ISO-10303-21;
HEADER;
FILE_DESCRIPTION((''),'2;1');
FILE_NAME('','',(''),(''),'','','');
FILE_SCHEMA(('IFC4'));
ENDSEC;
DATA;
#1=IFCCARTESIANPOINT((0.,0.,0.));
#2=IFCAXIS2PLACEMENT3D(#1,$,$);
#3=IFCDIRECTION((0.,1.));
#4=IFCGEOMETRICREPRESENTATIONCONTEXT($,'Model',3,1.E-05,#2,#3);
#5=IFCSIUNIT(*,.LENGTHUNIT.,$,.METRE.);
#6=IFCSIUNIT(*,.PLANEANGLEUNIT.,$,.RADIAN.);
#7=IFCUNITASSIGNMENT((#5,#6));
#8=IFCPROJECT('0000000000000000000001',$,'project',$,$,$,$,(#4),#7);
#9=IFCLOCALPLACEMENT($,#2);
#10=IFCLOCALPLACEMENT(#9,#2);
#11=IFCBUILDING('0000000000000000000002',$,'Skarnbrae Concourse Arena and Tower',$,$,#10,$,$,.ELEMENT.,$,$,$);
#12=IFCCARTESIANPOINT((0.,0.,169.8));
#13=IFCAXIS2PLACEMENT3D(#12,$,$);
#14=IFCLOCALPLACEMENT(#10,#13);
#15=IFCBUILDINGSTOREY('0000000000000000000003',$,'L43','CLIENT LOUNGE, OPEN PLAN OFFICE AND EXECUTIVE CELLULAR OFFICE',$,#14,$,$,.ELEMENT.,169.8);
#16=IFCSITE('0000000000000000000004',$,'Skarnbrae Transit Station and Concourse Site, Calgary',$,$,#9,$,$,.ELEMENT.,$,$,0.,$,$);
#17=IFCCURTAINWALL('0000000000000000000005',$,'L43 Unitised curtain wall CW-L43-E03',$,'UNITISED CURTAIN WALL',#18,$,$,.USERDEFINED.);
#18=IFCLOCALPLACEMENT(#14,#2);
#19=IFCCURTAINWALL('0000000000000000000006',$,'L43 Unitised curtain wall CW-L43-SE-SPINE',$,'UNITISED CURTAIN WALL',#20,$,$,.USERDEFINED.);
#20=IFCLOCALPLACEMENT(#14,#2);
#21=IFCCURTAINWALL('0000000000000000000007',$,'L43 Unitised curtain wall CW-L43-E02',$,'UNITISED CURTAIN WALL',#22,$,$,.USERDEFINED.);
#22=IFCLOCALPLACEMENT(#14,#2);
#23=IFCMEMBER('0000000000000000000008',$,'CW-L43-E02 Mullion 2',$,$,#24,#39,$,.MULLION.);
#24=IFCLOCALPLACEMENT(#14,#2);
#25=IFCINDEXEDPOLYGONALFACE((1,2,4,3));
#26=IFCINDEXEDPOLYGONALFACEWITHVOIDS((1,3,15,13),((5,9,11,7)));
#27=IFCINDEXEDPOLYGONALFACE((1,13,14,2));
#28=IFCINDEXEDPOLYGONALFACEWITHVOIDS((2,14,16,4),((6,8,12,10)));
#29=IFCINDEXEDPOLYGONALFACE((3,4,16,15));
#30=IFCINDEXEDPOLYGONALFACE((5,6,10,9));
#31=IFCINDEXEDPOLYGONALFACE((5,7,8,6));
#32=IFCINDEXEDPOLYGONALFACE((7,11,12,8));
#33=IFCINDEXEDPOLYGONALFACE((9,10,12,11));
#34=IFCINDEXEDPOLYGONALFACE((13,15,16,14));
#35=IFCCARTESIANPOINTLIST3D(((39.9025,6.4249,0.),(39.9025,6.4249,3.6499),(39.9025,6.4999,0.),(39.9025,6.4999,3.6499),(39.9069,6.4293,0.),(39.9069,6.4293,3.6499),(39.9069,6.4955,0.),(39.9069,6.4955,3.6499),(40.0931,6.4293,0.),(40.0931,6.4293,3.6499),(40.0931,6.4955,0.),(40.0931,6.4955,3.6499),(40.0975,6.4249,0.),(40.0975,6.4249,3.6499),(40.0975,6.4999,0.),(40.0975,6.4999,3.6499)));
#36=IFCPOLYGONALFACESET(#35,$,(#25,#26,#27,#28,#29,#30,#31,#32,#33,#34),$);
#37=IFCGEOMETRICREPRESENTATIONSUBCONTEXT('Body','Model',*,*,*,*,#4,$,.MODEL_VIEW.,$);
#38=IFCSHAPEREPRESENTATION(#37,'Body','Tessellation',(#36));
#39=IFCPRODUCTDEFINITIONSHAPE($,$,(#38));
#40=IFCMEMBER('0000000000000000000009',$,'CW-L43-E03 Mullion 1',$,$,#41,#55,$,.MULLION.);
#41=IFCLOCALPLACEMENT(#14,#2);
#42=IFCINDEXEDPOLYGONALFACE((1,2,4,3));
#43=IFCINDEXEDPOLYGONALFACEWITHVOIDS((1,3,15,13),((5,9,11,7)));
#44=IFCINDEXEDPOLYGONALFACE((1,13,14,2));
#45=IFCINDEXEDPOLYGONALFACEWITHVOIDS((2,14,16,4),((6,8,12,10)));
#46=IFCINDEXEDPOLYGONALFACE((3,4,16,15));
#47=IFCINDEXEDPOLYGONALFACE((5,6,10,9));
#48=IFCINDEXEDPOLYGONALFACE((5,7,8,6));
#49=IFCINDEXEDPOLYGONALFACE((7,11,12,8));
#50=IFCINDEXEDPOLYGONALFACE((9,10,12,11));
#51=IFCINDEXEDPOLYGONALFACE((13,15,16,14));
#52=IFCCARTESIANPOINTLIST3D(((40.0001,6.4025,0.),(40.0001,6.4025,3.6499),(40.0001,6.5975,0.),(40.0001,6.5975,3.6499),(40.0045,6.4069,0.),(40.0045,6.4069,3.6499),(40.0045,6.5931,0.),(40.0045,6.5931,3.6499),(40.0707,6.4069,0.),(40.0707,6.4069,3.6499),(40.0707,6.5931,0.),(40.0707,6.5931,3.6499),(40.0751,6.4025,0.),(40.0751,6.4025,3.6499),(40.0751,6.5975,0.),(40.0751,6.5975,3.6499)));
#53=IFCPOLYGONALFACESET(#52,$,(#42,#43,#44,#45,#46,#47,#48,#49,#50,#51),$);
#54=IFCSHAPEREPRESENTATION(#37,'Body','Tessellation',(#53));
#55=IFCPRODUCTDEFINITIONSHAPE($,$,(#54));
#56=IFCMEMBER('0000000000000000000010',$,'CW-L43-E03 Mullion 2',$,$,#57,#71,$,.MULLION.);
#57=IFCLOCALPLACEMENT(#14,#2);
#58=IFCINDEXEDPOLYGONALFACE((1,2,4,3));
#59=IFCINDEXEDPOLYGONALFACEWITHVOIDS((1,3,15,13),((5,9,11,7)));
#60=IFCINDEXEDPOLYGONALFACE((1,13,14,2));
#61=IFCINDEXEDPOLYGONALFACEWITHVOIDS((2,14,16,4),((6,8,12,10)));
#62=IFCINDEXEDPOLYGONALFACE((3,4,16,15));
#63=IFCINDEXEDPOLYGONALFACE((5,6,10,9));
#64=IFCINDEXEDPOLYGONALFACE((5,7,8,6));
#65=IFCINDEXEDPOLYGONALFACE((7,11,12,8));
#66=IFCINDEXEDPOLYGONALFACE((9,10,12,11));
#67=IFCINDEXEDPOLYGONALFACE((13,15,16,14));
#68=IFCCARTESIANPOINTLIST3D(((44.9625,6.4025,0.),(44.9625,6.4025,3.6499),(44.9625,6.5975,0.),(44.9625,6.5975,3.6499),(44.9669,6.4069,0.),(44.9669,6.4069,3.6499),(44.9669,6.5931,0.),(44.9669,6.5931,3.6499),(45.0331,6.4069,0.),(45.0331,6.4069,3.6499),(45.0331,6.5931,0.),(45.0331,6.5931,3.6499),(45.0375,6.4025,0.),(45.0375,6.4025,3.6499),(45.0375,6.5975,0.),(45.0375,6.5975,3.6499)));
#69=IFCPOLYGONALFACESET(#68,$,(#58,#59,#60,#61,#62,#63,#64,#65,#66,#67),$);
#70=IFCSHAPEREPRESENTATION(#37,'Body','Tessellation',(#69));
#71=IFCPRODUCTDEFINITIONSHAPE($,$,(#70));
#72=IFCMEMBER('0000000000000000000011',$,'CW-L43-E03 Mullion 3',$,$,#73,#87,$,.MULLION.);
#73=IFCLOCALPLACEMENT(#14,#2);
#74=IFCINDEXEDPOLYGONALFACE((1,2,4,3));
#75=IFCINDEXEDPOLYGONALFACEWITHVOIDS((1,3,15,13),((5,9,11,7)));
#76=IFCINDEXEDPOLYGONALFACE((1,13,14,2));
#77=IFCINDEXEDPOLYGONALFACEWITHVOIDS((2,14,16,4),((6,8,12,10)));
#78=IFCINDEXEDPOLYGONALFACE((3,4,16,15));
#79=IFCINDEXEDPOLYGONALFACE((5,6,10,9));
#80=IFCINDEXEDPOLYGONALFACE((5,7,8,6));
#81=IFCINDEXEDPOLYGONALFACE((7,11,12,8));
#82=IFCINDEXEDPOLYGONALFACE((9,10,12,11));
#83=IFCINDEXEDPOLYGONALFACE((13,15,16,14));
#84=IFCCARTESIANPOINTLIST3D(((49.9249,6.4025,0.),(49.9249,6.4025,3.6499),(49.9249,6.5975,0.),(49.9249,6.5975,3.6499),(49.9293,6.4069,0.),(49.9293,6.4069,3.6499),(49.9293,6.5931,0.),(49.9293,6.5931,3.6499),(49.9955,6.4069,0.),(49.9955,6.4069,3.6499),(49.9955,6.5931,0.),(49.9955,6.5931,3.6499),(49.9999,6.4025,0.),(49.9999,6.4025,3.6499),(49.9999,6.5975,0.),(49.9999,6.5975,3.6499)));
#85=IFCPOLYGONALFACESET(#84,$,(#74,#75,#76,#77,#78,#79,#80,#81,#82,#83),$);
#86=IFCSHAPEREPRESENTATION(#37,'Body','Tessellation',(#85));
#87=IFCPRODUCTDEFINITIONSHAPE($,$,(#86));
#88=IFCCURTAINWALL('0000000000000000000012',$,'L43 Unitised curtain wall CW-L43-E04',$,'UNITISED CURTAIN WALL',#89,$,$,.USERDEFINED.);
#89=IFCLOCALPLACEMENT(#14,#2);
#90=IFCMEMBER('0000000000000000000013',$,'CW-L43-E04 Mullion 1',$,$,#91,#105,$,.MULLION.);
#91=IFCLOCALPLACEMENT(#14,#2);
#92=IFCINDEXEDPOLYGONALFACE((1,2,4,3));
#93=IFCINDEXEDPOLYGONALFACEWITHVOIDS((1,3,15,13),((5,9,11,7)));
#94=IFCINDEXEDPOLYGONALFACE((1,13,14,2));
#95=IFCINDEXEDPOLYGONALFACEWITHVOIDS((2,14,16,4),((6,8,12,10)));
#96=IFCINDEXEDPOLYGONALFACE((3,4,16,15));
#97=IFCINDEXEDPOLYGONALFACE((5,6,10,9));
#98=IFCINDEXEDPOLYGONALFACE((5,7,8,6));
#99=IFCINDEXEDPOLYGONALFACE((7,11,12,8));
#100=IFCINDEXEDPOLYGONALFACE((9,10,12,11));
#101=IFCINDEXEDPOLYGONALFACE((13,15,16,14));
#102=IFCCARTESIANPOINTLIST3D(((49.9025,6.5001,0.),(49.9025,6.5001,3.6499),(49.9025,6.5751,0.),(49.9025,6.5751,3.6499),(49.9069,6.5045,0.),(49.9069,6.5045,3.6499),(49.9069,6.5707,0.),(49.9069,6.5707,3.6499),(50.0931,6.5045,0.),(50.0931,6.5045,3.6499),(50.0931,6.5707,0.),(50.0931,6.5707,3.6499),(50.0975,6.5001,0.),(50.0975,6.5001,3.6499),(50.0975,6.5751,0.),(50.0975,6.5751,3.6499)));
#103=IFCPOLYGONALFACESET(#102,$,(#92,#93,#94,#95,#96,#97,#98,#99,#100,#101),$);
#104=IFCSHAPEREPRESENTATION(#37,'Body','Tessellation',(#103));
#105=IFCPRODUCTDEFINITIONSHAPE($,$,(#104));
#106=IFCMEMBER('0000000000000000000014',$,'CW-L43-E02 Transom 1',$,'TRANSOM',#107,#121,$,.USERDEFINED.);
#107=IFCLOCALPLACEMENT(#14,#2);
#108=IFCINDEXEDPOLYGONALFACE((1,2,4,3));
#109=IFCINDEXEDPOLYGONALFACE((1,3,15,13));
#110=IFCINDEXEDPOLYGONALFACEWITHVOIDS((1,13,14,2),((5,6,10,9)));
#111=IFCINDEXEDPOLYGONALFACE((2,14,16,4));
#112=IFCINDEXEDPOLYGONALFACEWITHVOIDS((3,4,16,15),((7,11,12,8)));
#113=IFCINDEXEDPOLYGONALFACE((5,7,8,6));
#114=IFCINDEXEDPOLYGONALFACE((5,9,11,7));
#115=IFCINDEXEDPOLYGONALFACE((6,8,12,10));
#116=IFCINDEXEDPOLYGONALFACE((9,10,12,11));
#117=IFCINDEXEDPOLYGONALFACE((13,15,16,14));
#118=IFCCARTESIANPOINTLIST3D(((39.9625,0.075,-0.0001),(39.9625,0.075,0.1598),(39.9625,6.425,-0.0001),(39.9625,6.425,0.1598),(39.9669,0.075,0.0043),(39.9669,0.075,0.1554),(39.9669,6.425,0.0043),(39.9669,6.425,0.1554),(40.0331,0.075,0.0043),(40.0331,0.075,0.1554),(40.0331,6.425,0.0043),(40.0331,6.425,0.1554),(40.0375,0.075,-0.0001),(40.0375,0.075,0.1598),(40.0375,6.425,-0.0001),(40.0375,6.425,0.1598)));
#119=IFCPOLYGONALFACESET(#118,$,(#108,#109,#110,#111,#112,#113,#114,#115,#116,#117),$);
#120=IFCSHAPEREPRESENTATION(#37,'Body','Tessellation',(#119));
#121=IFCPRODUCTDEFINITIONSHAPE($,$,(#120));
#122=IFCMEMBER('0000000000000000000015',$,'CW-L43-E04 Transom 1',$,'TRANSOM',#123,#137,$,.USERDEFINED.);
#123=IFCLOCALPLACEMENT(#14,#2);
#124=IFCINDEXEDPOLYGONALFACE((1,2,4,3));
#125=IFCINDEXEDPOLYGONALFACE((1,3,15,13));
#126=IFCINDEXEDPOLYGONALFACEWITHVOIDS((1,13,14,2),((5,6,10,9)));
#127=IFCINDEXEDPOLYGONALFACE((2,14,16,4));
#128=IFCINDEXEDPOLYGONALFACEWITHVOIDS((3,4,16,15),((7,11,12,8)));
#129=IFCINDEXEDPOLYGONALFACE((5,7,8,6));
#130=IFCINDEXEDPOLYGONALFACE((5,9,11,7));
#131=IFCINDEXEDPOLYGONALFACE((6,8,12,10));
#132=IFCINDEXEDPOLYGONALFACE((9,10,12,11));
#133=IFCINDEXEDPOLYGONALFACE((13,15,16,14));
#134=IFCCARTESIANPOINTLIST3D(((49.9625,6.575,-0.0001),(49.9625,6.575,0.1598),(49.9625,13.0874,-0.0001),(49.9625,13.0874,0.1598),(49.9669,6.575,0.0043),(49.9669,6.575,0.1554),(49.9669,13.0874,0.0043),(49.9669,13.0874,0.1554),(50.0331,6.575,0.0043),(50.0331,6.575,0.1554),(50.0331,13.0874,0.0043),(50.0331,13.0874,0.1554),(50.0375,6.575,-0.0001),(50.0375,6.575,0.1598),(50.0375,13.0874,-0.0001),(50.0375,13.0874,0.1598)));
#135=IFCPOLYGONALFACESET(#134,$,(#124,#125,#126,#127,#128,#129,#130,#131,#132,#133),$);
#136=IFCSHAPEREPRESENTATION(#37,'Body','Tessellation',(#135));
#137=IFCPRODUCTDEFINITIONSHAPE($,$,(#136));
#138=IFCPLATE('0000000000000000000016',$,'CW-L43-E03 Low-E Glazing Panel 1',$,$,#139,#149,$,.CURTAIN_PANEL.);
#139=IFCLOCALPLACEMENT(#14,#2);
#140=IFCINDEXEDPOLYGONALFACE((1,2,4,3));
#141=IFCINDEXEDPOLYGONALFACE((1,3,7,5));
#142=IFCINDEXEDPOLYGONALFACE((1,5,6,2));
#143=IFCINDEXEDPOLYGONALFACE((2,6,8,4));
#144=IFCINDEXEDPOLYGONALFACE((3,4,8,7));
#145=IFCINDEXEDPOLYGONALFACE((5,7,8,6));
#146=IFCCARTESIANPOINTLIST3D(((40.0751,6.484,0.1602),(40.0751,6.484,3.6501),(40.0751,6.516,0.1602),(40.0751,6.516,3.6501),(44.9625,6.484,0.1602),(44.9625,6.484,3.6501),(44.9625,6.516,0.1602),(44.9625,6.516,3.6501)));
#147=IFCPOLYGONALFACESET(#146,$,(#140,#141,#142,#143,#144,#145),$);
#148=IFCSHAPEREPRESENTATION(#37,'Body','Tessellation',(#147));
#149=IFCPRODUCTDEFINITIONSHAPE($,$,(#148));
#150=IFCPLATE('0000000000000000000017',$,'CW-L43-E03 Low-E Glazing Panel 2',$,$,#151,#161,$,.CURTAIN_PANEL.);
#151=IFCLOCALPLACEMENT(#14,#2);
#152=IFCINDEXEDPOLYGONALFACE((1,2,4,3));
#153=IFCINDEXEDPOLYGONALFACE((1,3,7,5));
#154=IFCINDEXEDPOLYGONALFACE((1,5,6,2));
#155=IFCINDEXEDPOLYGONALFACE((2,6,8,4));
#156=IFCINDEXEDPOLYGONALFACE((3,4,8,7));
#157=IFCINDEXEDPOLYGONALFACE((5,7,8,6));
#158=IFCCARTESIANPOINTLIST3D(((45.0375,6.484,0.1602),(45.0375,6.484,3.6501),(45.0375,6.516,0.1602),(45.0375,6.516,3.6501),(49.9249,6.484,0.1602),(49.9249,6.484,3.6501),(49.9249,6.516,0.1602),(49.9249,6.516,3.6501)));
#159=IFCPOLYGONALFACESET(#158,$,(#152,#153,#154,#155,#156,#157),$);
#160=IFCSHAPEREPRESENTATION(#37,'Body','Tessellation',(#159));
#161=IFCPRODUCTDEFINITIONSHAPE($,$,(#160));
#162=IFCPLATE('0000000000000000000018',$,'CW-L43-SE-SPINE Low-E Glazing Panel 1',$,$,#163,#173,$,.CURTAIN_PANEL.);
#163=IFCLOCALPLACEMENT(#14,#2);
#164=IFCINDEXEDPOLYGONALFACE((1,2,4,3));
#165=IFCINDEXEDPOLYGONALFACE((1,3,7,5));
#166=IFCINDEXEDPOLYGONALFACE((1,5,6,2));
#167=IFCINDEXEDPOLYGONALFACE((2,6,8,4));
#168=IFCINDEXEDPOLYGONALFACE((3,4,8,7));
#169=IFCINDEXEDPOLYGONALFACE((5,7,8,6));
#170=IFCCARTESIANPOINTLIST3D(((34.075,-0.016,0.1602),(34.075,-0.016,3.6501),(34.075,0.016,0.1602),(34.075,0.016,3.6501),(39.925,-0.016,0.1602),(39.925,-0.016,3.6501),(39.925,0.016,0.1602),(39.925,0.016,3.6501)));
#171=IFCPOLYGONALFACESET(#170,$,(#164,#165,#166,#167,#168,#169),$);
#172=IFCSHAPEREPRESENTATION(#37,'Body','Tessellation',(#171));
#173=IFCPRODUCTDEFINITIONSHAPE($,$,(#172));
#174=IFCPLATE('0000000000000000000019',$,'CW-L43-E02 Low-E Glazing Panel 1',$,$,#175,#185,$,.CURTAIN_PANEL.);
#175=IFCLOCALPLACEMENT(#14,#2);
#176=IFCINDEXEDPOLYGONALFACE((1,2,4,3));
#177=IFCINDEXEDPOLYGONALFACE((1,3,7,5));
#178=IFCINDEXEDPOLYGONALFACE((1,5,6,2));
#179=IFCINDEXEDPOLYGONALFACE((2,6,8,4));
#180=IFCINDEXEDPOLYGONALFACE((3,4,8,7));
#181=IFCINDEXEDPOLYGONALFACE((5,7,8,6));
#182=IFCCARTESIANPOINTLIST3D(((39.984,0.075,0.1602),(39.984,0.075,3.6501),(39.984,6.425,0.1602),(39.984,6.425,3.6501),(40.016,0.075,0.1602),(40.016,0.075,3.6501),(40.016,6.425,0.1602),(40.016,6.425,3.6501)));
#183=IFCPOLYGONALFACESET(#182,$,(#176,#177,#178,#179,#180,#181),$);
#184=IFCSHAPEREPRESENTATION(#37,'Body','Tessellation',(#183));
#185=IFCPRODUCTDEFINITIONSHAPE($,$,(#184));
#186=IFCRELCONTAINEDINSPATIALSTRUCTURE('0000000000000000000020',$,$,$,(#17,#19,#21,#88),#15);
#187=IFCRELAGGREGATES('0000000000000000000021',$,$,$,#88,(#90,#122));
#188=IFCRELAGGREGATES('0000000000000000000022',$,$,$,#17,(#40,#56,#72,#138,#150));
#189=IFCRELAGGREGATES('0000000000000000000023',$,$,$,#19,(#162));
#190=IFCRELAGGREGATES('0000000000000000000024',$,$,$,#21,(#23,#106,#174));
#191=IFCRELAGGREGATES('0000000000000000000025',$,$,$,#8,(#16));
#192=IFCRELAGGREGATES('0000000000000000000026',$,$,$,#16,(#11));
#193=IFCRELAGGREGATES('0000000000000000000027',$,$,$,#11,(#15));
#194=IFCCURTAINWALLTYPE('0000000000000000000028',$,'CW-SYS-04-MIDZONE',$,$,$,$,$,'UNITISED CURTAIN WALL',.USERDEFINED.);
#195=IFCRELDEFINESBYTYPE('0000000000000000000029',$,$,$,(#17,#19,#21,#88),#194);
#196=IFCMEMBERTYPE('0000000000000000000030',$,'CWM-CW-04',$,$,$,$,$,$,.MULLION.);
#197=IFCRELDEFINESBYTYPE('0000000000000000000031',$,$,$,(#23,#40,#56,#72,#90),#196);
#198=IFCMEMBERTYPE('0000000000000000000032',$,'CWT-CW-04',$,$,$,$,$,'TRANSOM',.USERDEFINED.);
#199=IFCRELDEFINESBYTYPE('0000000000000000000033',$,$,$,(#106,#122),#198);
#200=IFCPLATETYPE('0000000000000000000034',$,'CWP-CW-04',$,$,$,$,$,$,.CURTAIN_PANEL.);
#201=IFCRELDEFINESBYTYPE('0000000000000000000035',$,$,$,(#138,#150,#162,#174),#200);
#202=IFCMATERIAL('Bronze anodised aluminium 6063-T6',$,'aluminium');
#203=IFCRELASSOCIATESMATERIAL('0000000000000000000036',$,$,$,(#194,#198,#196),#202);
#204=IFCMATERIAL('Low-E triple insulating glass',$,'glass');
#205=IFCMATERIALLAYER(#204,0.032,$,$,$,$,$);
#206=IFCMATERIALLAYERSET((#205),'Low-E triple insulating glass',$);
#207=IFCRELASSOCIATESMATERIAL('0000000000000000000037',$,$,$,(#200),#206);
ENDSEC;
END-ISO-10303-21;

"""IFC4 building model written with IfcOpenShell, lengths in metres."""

from ifc_helpers import new_model, si_unit, direction, frame, origin, origin_2d, place, context, subcontext, project, spatial, rectangle, hollow_rectangle, extrude, source, transform, mapped, material, layer, layer_set, material_profile, profile_set, type_object, element, aggregate, save


model = new_model("IFC4")

# Units and contexts
model_context = context("Model", 3, precision=1e-05, world=origin(), true_north=direction((0.0, 1.0)))
body_context = subcontext(model_context, "Body", "Model", "MODEL_VIEW")
ifc_project = project(units=[si_unit("LENGTHUNIT", "METRE"), si_unit("PLANEANGLEUNIT", "RADIAN")], contexts=[model_context])

# Site, building, storey
site_placement = place(None, origin())
site = spatial("IfcSite", under=ifc_project, at=site_placement, Name="Skarnbrae Transit Station and Concourse Site, Calgary", CompositionType="ELEMENT", RefElevation=0.0)
building_placement = place(site_placement, origin())
building = spatial("IfcBuilding", under=site, at=building_placement, Name="Skarnbrae Concourse Arena and Tower", CompositionType="ELEMENT")
storey_placement = place(building_placement, frame((0.0, 0.0, 169.8)))
storey = spatial("IfcBuildingStorey", under=building, at=storey_placement, Name="L43", Description="CLIENT LOUNGE, OPEN PLAN OFFICE AND EXECUTIVE CELLULAR OFFICE", CompositionType="ELEMENT", Elevation=169.8)

# Curtain wall
ifc_material_1 = material(Name="Bronze anodised aluminium 6063-T6", Category="aluminium")
curtain_wall_type = type_object("IfcCurtainWallType", Name="CW-SYS-04-MIDZONE", ElementType="UNITISED CURTAIN WALL", PredefinedType="USERDEFINED", material=ifc_material_1)
curtain_wall_1_placement = place(storey_placement, origin())
curtain_wall_1 = element("IfcCurtainWall", 1, at=curtain_wall_1_placement, inside=storey, type_object=curtain_wall_type, Name="L43 Unitised curtain wall CW-L43-E03", ObjectType="UNITISED CURTAIN WALL", PredefinedType="USERDEFINED")
ifc_material_profile_1 = material_profile(ifc_material_1, hollow_rectangle(XDim=0.075, YDim=0.1599, WallThickness=0.0044, at=origin_2d()), Name="ALU-TRAN-75X160")
ifc_profile_set_1 = profile_set([ifc_material_profile_1], Name="Bronze anodised aluminium 6063-T6")
member_type_1 = type_object("IfcMemberType", Name="CWT-CW-04", ElementType="TRANSOM", PredefinedType="USERDEFINED", material=ifc_profile_set_1)

# Curtain wall
curtain_wall_2_placement = place(storey_placement, origin())
curtain_wall_2 = element("IfcCurtainWall", 2, at=curtain_wall_2_placement, inside=storey, type_object=curtain_wall_type, Name="L43 Unitised curtain wall CW-L43-SE-SPINE", ObjectType="UNITISED CURTAIN WALL", PredefinedType="USERDEFINED")
ifc_material_profile_2 = material_profile(ifc_material_1, hollow_rectangle(XDim=0.075, YDim=0.1951, WallThickness=0.0044, at=origin_2d()), Name="ALU-MULL-75X195")
ifc_profile_set_2 = profile_set([ifc_material_profile_2], Name="Bronze anodised aluminium 6063-T6")
member_type_2 = type_object("IfcMemberType", Name="CWM-CW-04", PredefinedType="MULLION", material=ifc_profile_set_2)
shared_shape_1 = source(origin(), body_context, "Body", "SweptSolid", [
    extrude(hollow_rectangle(XDim=0.075, YDim=0.1951, WallThickness=0.0044, at=origin_2d()), origin(), (0.0, 0.0, 1.0), 3.6499),
])

# Curtain wall, member
curtain_wall_3_placement = place(storey_placement, origin())
curtain_wall_3 = element("IfcCurtainWall", 3, at=curtain_wall_3_placement, inside=storey, type_object=curtain_wall_type, Name="L43 Unitised curtain wall CW-L43-E02", ObjectType="UNITISED CURTAIN WALL", PredefinedType="USERDEFINED")
member_1_placement = place(storey_placement, frame((40.0, 6.4624, 0.0), z_axis=(0.0, 0.0, 1.0), x_axis=(0.0, 1.0, 0.0)))
member_1 = element("IfcMember", 4, at=member_1_placement, type_object=member_type_2, Name="CW-L43-E02 Mullion 2", PredefinedType="MULLION", context=body_context, shape_type="MappedRepresentation", body=[
    mapped(shared_shape_1, transform((0.0, 0.0, 0.0))),
])

# Members
member_2_placement = place(storey_placement, frame((40.0376, 6.5, 0.0), z_axis=(0.0, 0.0, 1.0), x_axis=(1.0, 0.0, 0.0)))
member_2 = element("IfcMember", 5, at=member_2_placement, type_object=member_type_2, Name="CW-L43-E03 Mullion 1", PredefinedType="MULLION", context=body_context, shape_type="MappedRepresentation", body=[
    mapped(shared_shape_1, transform((0.0, 0.0, 0.0))),
])
member_3_placement = place(storey_placement, frame((45.0, 6.5, 0.0), z_axis=(0.0, 0.0, 1.0), x_axis=(1.0, 0.0, 0.0)))
member_3 = element("IfcMember", 6, at=member_3_placement, type_object=member_type_2, Name="CW-L43-E03 Mullion 2", PredefinedType="MULLION", context=body_context, shape_type="MappedRepresentation", body=[
    mapped(shared_shape_1, transform((0.0, 0.0, 0.0))),
])
member_4_placement = place(storey_placement, frame((49.9624, 6.5, 0.0), z_axis=(0.0, 0.0, 1.0), x_axis=(1.0, 0.0, 0.0)))
member_4 = element("IfcMember", 7, at=member_4_placement, type_object=member_type_2, Name="CW-L43-E03 Mullion 3", PredefinedType="MULLION", context=body_context, shape_type="MappedRepresentation", body=[
    mapped(shared_shape_1, transform((0.0, 0.0, 0.0))),
])

# Curtain wall, member
curtain_wall_4_placement = place(storey_placement, origin())
curtain_wall_4 = element("IfcCurtainWall", 8, at=curtain_wall_4_placement, inside=storey, type_object=curtain_wall_type, Name="L43 Unitised curtain wall CW-L43-E04", ObjectType="UNITISED CURTAIN WALL", PredefinedType="USERDEFINED")
member_5_placement = place(storey_placement, frame((50.0, 6.5376, 0.0), z_axis=(0.0, 0.0, 1.0), x_axis=(0.0, 1.0, 0.0)))
member_5 = element("IfcMember", 9, at=member_5_placement, type_object=member_type_2, Name="CW-L43-E04 Mullion 1", PredefinedType="MULLION", context=body_context, shape_type="MappedRepresentation", body=[
    mapped(shared_shape_1, transform((0.0, 0.0, 0.0))),
])

# Members
shared_shape_2 = source(origin(), body_context, "Body", "SweptSolid", [
    extrude(hollow_rectangle(XDim=0.075, YDim=0.1599, WallThickness=0.0044, at=origin_2d()), origin(), (0.0, 0.0, 1.0), 6.3501),
])
member_6_placement = place(storey_placement, frame((40.0, 0.075, 0.0798), z_axis=(0.0, 1.0, 0.0), x_axis=(-1.0, 0.0, 0.0)))
member_6 = element("IfcMember", 10, at=member_6_placement, type_object=member_type_1, Name="CW-L43-E02 Transom 1", ObjectType="TRANSOM", PredefinedType="USERDEFINED", context=body_context, shape_type="MappedRepresentation", body=[
    mapped(shared_shape_2, transform((0.0, 0.0, 0.0))),
])
shared_shape_3 = source(origin(), body_context, "Body", "SweptSolid", [
    extrude(hollow_rectangle(XDim=0.075, YDim=0.1599, WallThickness=0.0044, at=origin_2d()), origin(), (0.0, 0.0, 1.0), 6.5125),
])
member_7_placement = place(storey_placement, frame((50.0, 6.575, 0.0798), z_axis=(0.0, 1.0, 0.0), x_axis=(-1.0, 0.0, 0.0)))
member_7 = element("IfcMember", 11, at=member_7_placement, type_object=member_type_1, Name="CW-L43-E04 Transom 1", ObjectType="TRANSOM", PredefinedType="USERDEFINED", context=body_context, shape_type="MappedRepresentation", body=[
    mapped(shared_shape_3, transform((0.0, 0.0, 0.0))),
])
aggregate(curtain_wall_4, [member_5, member_7])

# Plates
ifc_material_2 = material(Name="Low-E triple insulating glass", Category="glass")
ifc_layer = layer(ifc_material_2, 0.032)
ifc_layer_set = layer_set([ifc_layer], Name="Low-E triple insulating glass")
plate_type = type_object("IfcPlateType", Name="CWP-CW-04", PredefinedType="CURTAIN_PANEL", material=ifc_layer_set)
shared_shape_4 = source(origin(), body_context, "Body", "SweptSolid", [
    extrude(rectangle(XDim=4.8875, YDim=0.032, at=origin_2d()), origin(), (0.0, 0.0, 1.0), 3.49),
])
plate_1_placement = place(storey_placement, frame((42.5188, 6.5, 0.1602), z_axis=(0.0, 0.0, 1.0), x_axis=(1.0, 0.0, 0.0)))
plate_1 = element("IfcPlate", 12, at=plate_1_placement, type_object=plate_type, Name="CW-L43-E03 Low-E Glazing Panel 1", PredefinedType="CURTAIN_PANEL", context=body_context, shape_type="MappedRepresentation", body=[
    mapped(shared_shape_4, transform((0.0, 0.0, 0.0))),
])
plate_2_placement = place(storey_placement, frame((47.4812, 6.5, 0.1602), z_axis=(0.0, 0.0, 1.0), x_axis=(1.0, 0.0, 0.0)))
plate_2 = element("IfcPlate", 13, at=plate_2_placement, type_object=plate_type, Name="CW-L43-E03 Low-E Glazing Panel 2", PredefinedType="CURTAIN_PANEL", context=body_context, shape_type="MappedRepresentation", body=[
    mapped(shared_shape_4, transform((0.0, 0.0, 0.0))),
])
aggregate(curtain_wall_1, [member_2, member_3, member_4, plate_1, plate_2])
shared_shape_5 = source(origin(), body_context, "Body", "SweptSolid", [
    extrude(rectangle(XDim=5.8501, YDim=0.032, at=origin_2d()), origin(), (0.0, 0.0, 1.0), 3.49),
])
plate_3_placement = place(storey_placement, frame((37.0, 0.0, 0.1602), z_axis=(0.0, 0.0, 1.0), x_axis=(1.0, 0.0, 0.0)))
plate_3 = element("IfcPlate", 14, at=plate_3_placement, type_object=plate_type, Name="CW-L43-SE-SPINE Low-E Glazing Panel 1", PredefinedType="CURTAIN_PANEL", context=body_context, shape_type="MappedRepresentation", body=[
    mapped(shared_shape_5, transform((0.0, 0.0, 0.0))),
])
aggregate(curtain_wall_2, [plate_3])
shared_shape_6 = source(origin(), body_context, "Body", "SweptSolid", [
    extrude(rectangle(XDim=6.3501, YDim=0.032, at=origin_2d()), origin(), (0.0, 0.0, 1.0), 3.49),
])
plate_4_placement = place(storey_placement, frame((40.0, 3.25, 0.1602), z_axis=(0.0, 0.0, 1.0), x_axis=(0.0, 1.0, 0.0)))
plate_4 = element("IfcPlate", 15, at=plate_4_placement, type_object=plate_type, Name="CW-L43-E02 Low-E Glazing Panel 1", PredefinedType="CURTAIN_PANEL", context=body_context, shape_type="MappedRepresentation", body=[
    mapped(shared_shape_6, transform((0.0, 0.0, 0.0))),
])
aggregate(curtain_wall_3, [member_1, member_6, plate_4])

save(model, "model.ifc")
